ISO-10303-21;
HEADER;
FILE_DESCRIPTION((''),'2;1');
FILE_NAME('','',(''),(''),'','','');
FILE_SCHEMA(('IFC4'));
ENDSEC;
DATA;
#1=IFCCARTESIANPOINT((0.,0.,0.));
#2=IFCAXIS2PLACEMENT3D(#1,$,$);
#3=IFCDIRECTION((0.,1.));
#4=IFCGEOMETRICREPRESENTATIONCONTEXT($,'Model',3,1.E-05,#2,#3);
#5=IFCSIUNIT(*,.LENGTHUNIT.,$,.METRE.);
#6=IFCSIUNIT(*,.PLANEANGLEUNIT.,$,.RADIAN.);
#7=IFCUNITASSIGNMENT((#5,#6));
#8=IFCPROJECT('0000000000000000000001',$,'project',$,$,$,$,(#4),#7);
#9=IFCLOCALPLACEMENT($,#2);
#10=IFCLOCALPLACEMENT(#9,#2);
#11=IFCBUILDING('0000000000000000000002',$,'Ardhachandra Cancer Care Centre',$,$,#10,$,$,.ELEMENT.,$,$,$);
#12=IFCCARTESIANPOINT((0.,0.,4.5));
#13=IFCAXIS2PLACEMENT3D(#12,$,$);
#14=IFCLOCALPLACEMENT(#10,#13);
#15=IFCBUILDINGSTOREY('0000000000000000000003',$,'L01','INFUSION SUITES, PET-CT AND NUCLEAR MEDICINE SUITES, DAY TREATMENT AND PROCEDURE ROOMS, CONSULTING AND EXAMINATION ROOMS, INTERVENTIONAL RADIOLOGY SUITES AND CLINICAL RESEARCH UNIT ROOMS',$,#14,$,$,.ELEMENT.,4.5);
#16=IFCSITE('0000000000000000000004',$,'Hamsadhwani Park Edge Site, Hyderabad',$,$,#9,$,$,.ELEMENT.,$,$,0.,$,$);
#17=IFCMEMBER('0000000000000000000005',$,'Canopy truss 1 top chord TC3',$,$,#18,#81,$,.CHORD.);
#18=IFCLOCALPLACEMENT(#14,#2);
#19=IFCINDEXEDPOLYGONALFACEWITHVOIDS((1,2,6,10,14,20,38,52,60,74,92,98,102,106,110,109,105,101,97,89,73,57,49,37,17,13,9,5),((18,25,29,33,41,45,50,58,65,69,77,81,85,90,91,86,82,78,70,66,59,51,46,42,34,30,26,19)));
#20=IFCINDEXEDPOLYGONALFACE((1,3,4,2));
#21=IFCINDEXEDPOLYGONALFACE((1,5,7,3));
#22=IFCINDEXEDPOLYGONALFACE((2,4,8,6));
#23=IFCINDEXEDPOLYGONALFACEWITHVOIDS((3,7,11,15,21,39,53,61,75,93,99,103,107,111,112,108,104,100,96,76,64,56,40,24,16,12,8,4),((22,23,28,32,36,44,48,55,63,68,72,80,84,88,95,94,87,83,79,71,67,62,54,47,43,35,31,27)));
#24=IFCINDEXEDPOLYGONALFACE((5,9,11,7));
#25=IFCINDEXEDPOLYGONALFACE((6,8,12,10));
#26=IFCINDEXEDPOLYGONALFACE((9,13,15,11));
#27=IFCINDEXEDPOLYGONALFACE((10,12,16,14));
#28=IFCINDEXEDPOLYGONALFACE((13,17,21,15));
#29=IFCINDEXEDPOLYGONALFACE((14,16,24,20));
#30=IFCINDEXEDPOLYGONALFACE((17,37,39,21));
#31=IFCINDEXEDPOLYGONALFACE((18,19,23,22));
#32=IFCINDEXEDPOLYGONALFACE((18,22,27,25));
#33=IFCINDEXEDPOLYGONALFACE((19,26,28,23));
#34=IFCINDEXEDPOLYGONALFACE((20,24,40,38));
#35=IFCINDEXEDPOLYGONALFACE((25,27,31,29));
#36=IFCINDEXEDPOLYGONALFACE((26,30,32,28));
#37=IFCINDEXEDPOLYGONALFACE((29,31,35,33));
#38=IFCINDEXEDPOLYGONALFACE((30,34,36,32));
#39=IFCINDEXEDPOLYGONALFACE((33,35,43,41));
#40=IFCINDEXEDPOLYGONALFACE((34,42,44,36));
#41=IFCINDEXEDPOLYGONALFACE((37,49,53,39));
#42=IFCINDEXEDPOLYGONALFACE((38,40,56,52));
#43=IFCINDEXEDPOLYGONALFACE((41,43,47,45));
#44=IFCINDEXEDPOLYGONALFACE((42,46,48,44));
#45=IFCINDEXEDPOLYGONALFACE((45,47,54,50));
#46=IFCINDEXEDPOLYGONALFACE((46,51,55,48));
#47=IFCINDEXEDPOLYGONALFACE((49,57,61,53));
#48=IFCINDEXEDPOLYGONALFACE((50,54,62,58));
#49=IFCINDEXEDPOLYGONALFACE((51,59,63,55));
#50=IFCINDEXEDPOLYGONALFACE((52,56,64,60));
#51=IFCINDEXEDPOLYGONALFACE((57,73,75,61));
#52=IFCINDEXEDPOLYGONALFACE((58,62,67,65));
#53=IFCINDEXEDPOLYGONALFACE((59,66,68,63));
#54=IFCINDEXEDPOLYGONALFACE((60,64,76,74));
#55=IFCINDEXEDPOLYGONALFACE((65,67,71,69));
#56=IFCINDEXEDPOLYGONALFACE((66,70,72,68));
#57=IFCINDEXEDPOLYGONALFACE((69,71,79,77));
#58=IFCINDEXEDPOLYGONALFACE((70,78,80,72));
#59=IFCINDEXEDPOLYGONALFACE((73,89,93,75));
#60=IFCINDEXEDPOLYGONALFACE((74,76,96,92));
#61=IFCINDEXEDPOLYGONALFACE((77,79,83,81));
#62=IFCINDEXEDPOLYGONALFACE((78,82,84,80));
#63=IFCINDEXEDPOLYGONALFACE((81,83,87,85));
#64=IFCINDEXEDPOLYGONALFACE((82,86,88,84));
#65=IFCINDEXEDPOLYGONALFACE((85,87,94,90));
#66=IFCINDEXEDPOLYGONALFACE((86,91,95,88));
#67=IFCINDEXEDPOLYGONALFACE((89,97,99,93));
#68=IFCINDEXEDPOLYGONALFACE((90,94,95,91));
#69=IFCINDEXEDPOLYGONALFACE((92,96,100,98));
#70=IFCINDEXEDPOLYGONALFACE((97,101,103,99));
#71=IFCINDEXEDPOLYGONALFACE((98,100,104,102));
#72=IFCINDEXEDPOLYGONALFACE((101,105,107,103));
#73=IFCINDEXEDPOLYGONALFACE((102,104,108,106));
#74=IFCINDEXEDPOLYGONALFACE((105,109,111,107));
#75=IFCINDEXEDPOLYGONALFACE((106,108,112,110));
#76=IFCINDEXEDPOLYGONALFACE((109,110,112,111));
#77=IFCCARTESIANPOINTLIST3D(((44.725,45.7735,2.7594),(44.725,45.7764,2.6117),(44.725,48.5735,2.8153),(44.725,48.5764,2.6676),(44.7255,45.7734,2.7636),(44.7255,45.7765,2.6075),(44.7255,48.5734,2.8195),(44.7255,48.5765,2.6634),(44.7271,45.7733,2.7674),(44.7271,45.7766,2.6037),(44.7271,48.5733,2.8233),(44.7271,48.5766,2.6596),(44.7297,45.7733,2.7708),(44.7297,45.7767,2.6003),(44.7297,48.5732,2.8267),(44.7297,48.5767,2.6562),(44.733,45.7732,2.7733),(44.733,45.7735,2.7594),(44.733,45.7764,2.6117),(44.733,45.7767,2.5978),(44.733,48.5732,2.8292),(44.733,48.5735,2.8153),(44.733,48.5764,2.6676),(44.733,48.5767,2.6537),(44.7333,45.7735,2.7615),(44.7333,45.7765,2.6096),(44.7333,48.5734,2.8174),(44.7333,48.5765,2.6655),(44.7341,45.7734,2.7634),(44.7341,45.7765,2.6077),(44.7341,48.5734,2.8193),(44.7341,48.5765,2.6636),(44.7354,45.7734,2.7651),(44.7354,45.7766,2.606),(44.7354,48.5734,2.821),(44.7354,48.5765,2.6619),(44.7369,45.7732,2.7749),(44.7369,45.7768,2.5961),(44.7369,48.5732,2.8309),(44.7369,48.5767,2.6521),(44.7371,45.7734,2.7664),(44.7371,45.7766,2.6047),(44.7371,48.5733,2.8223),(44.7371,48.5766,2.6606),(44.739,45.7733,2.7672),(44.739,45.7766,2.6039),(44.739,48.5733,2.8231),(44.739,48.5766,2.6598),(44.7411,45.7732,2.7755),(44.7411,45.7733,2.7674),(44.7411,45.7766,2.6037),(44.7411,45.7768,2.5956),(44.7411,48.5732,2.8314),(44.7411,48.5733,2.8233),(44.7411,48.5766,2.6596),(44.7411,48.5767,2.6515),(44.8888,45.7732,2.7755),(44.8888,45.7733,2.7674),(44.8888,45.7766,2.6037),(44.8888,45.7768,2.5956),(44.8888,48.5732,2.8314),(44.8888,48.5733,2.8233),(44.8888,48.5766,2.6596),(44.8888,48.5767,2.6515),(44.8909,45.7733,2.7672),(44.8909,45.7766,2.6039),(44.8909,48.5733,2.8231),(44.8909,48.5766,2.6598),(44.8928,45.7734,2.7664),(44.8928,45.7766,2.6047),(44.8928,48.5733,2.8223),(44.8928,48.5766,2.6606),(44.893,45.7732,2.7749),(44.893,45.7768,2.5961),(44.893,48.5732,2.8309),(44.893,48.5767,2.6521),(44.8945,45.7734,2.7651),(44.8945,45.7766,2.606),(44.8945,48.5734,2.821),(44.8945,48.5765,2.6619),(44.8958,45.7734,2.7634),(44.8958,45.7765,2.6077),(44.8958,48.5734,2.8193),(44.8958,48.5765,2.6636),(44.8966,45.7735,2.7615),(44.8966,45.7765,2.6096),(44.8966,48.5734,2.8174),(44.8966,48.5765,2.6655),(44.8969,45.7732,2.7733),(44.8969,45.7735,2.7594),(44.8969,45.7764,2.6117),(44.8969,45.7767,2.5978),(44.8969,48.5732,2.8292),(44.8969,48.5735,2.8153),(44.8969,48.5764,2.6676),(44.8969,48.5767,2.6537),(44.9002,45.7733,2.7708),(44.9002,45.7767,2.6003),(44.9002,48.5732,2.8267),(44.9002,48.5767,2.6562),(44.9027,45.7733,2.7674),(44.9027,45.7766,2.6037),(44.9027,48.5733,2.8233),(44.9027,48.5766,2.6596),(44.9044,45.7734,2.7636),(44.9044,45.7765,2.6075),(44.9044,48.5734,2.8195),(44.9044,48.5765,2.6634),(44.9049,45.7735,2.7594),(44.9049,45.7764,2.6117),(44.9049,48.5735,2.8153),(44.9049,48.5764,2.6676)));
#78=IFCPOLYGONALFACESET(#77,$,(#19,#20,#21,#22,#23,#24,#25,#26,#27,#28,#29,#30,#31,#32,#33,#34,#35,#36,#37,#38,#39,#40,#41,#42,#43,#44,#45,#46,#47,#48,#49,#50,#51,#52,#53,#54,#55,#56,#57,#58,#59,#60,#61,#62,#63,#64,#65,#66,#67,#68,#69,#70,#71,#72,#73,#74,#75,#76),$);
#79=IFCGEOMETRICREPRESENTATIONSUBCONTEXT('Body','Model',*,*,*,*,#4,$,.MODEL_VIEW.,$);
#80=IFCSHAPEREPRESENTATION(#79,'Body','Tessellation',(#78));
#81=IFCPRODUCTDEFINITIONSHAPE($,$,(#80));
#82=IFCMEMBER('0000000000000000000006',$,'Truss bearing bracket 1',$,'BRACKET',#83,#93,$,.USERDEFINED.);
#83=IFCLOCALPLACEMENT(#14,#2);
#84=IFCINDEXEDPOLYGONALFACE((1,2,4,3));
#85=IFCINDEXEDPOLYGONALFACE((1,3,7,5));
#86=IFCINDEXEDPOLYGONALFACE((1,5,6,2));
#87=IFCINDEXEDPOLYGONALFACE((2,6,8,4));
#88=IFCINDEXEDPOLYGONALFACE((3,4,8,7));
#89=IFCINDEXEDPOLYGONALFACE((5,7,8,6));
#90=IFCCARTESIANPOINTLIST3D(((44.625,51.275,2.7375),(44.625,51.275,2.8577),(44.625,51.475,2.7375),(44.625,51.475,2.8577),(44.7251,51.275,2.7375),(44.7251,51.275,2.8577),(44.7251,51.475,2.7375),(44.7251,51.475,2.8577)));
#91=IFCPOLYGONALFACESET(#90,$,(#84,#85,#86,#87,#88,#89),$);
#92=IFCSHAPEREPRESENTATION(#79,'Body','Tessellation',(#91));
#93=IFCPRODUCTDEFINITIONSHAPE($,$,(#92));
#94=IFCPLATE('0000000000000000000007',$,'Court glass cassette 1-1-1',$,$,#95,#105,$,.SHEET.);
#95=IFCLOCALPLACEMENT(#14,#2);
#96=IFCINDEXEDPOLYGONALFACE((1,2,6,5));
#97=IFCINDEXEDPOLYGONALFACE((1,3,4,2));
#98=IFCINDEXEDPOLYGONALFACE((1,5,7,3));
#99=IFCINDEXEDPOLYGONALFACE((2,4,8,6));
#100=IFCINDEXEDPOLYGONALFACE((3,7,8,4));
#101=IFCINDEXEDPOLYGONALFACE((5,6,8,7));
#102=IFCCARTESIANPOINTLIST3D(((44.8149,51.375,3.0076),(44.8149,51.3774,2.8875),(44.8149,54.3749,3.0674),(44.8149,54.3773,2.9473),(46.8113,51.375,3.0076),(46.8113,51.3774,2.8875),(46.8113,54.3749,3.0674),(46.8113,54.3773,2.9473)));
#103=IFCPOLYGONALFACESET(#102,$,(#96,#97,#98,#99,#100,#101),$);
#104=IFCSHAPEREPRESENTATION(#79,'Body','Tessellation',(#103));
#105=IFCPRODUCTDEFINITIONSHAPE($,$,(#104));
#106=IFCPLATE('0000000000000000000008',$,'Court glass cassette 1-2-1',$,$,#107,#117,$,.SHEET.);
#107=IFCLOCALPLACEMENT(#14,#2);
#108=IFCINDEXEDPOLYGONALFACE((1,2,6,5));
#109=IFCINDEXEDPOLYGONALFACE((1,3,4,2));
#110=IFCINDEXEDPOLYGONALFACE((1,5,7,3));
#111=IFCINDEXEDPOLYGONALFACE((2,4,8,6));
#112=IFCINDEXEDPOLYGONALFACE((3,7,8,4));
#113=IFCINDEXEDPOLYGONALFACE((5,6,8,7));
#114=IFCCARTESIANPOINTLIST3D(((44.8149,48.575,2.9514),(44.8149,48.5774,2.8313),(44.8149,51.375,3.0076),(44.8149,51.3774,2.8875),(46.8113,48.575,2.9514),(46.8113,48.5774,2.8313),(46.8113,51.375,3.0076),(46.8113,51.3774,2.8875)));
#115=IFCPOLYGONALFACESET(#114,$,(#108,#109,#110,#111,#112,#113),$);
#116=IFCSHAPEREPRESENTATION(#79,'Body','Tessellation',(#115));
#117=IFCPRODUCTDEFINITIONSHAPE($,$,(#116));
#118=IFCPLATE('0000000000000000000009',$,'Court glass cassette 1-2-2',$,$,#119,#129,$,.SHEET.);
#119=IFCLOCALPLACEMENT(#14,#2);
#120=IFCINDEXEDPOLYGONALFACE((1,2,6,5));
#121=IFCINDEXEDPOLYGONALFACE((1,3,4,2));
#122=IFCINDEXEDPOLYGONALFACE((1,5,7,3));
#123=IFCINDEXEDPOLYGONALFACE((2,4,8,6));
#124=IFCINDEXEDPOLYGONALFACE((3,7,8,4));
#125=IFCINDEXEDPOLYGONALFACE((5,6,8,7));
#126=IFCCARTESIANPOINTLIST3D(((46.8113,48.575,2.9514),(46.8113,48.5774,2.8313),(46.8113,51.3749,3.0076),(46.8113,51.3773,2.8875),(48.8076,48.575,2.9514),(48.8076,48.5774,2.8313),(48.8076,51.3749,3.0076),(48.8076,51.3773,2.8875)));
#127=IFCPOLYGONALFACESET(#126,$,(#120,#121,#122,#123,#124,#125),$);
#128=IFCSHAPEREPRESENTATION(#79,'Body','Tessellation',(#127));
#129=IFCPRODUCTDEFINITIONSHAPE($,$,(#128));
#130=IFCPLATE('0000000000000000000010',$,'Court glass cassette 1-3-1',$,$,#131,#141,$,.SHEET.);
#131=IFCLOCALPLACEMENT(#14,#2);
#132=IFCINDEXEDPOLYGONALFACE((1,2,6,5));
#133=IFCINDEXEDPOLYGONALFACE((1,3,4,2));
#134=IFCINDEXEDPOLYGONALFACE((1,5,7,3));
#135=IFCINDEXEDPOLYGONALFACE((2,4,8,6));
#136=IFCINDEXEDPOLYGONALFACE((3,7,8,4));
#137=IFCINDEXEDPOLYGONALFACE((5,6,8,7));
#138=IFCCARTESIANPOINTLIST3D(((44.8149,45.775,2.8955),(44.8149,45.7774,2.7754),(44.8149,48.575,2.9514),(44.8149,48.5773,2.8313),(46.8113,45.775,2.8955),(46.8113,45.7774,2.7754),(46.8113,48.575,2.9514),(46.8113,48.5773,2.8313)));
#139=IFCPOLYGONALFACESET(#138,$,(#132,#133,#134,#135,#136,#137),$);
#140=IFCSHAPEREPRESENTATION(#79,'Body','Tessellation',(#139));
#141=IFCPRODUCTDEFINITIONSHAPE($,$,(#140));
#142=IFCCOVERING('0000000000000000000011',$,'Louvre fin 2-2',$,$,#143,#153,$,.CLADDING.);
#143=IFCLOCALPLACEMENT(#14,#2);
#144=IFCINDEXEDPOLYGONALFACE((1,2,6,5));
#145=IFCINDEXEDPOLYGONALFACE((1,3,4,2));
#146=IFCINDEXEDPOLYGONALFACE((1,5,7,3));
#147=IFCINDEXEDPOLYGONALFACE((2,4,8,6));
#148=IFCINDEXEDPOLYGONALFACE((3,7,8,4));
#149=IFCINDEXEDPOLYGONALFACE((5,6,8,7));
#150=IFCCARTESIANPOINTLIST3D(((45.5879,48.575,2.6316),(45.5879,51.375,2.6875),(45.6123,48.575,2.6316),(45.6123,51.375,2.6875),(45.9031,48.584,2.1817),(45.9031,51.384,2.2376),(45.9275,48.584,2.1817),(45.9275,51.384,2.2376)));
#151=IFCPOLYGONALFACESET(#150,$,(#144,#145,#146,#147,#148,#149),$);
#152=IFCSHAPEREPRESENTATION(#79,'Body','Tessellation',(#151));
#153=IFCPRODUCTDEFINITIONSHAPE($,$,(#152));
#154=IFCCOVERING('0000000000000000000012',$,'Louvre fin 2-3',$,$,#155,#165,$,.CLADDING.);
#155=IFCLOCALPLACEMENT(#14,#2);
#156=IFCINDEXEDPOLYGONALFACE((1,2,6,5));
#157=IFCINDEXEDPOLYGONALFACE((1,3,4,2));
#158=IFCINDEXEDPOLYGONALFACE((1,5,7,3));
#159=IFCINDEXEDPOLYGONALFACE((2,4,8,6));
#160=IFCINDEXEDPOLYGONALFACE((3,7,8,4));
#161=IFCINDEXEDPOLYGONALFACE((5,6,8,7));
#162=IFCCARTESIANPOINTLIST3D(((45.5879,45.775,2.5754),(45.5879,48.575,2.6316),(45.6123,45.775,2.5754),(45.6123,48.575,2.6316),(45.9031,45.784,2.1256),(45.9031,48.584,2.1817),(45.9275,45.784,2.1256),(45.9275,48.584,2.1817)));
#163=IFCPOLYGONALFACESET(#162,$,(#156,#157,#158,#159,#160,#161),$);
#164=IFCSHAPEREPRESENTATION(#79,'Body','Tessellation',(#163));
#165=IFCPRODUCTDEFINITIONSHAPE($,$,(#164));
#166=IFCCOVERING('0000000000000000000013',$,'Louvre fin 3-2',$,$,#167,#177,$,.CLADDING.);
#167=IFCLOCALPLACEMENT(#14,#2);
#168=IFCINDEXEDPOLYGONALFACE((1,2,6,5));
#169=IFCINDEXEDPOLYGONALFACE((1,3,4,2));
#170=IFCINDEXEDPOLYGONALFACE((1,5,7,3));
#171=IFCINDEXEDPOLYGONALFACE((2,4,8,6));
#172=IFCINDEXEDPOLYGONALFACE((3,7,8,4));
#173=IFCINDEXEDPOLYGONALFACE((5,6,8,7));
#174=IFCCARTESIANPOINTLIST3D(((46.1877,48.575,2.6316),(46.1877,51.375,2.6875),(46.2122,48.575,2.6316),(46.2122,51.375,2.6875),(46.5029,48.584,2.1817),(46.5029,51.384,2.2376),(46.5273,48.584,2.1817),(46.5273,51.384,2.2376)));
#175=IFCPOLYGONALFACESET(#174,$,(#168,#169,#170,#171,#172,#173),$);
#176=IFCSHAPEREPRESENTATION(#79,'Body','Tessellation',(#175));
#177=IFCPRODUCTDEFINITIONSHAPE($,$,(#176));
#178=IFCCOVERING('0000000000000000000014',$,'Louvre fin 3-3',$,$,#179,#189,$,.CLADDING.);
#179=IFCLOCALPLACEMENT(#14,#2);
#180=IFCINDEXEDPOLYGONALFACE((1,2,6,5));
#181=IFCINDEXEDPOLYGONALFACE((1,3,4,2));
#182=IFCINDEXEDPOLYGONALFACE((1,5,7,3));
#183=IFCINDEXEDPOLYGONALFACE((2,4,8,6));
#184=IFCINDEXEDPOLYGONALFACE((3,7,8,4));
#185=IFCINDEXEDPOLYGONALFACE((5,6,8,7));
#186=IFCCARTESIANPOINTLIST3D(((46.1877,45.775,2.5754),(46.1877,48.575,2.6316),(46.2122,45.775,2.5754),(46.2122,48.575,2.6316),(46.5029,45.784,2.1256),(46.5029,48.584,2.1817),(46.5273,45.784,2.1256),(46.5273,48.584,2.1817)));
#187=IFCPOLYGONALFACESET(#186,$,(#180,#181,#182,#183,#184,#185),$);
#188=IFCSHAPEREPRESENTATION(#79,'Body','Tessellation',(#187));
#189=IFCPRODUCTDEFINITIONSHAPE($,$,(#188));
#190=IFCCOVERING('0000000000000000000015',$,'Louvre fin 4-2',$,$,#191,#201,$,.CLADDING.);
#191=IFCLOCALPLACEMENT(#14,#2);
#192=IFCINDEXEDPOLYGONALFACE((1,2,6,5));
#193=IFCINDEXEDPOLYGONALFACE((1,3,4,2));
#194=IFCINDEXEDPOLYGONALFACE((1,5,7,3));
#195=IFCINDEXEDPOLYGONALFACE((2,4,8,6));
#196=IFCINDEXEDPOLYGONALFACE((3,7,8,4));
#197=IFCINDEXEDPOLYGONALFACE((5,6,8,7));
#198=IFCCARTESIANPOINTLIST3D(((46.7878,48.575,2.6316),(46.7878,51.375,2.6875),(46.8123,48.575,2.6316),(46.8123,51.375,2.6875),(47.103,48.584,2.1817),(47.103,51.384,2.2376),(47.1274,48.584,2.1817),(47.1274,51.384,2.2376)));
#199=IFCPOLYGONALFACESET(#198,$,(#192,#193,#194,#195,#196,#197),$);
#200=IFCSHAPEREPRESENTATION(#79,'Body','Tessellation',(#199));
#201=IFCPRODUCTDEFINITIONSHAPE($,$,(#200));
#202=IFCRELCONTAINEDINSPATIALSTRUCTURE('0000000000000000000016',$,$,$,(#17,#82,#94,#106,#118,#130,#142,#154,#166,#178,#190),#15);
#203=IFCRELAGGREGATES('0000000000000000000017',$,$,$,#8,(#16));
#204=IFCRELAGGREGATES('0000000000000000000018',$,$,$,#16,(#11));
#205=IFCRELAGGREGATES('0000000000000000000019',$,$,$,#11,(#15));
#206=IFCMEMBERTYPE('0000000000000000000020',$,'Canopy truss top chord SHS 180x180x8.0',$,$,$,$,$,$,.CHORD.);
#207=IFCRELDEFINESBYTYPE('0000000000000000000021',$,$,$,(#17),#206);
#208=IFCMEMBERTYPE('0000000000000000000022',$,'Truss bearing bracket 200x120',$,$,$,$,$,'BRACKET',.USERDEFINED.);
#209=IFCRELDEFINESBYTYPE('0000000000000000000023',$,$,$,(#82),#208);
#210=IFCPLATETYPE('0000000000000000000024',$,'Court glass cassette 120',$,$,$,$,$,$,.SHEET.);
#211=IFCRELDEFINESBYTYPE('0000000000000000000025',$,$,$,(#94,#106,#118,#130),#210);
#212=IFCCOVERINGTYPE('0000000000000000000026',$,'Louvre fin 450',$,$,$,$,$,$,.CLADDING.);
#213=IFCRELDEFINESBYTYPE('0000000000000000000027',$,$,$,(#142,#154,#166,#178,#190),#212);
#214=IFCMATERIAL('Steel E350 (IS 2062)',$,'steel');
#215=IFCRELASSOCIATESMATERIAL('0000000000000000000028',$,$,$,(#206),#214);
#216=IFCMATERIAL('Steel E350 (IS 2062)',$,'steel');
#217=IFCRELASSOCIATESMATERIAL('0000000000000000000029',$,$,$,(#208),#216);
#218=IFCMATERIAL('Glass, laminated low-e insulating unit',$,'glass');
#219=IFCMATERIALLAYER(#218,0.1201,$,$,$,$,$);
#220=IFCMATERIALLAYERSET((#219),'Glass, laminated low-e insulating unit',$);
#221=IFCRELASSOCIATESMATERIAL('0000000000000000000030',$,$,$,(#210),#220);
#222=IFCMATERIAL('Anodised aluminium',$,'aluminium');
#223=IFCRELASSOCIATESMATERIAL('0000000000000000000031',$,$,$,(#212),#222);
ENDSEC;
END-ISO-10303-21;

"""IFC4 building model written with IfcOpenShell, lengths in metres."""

from ifc_helpers import new_model, si_unit, direction, frame, origin, origin_2d, place, context, subcontext, project, spatial, polyline, rectangle, hollow_rectangle, outline, extrude, material, layer, layer_set, material_profile, profile_set, type_object, element, save


model = new_model("IFC4")

# Units and contexts
model_context = context("Model", 3, precision=1e-05, world=origin(), true_north=direction((0.0, 1.0)))
body_context = subcontext(model_context, "Body", "Model", "MODEL_VIEW")
ifc_project = project(units=[si_unit("LENGTHUNIT", "METRE"), si_unit("PLANEANGLEUNIT", "RADIAN")], contexts=[model_context])

# Site, building, storey
site_placement = place(None, origin())
site = spatial("IfcSite", under=ifc_project, at=site_placement, Name="Hamsadhwani Park Edge Site, Hyderabad", CompositionType="ELEMENT", RefElevation=0.0)
building_placement = place(site_placement, origin())
building = spatial("IfcBuilding", under=site, at=building_placement, Name="Ardhachandra Cancer Care Centre", CompositionType="ELEMENT")
storey_placement = place(building_placement, frame((0.0, 0.0, 4.5)))
storey = spatial("IfcBuildingStorey", under=building, at=storey_placement, Name="L01", Description="INFUSION SUITES, PET-CT AND NUCLEAR MEDICINE SUITES, DAY TREATMENT AND PROCEDURE ROOMS, CONSULTING AND EXAMINATION ROOMS, INTERVENTIONAL RADIOLOGY SUITES AND CLINICAL RESEARCH UNIT ROOMS", CompositionType="ELEMENT", Elevation=4.5)

# Members
ifc_material_1 = material(Name="Steel E350 (IS 2062)", Category="steel")
ifc_material_profile_1 = material_profile(ifc_material_1, hollow_rectangle(XDim=0.1799, YDim=0.1799, WallThickness=0.0081, InnerFilletRadius=0.0081, OuterFilletRadius=0.0161, at=origin_2d()), Name="SHS 180x180x8.0")
ifc_profile_set_1 = profile_set([ifc_material_profile_1], Name="Steel E350 (IS 2062)")
member_type_1 = type_object("IfcMemberType", Name="Canopy truss top chord SHS 180x180x8.0", PredefinedType="CHORD", material=ifc_profile_set_1)
for number, where, z_axis, x_axis, name in (
    (1, (44.8149, 48.575, 2.7415), (0.0, -0.999801, -0.019963), (1.0, 0.0, 0.0), "Canopy truss 1 top chord TC3"),
):
    element("IfcMember", number, at=place(storey_placement, frame(where, z_axis=z_axis, x_axis=x_axis)), inside=storey, type_object=member_type_1, Name=name, PredefinedType="CHORD", context=body_context, shape_type="SweptSolid", body=[
        extrude(hollow_rectangle(XDim=0.1799, YDim=0.1799, WallThickness=0.0081, InnerFilletRadius=0.0081, OuterFilletRadius=0.0161, at=origin_2d()), origin(), (0.0, 0.0, 1.0), 2.8005),
    ])
ifc_material_2 = material(Name="Steel E350 (IS 2062)", Category="steel")
ifc_material_profile_2 = material_profile(ifc_material_2, rectangle(XDim=0.2, YDim=0.1201, at=origin_2d()), Name="PL 200x120")
ifc_profile_set_2 = profile_set([ifc_material_profile_2], Name="Steel E350 (IS 2062)")
member_type_2 = type_object("IfcMemberType", Name="Truss bearing bracket 200x120", ElementType="BRACKET", PredefinedType="USERDEFINED", material=ifc_profile_set_2)
member_1_placement = place(storey_placement, frame((44.625, 51.375, 2.7976), z_axis=(1.0, 0.0, 0.0), x_axis=(0.0, 1.0, 0.0)))
element("IfcMember", 2, at=member_1_placement, inside=storey, type_object=member_type_2, Name="Truss bearing bracket 1", ObjectType="BRACKET", PredefinedType="USERDEFINED", context=body_context, shape_type="SweptSolid", body=[
    extrude(rectangle(XDim=0.2, YDim=0.1201, at=origin_2d()), origin(), (0.0, 0.0, 1.0), 0.1001),
])

# Plates
ifc_material_3 = material(Name="Glass, laminated low-e insulating unit", Category="glass")
ifc_layer_1 = layer(ifc_material_3, 0.1201)
ifc_layer_set_1 = layer_set([ifc_layer_1], Name="Glass, laminated low-e insulating unit")
plate_type = type_object("IfcPlateType", Name="Court glass cassette 120", PredefinedType="SHEET", material=ifc_layer_set_1)
plate_placement = place(storey_placement, frame((46.8113, 51.375, 3.0076), z_axis=(0.0, -0.019934, 0.999801), x_axis=(-1.0, 0.0, 0.0)))
element("IfcPlate", 3, at=plate_placement, inside=storey, type_object=plate_type, Name="Court glass cassette 1-1-1", PredefinedType="SHEET", context=body_context, shape_type="SweptSolid", body=[
    extrude(outline(polyline([(0.0, -3.0005), (1.9963, -3.0005), (1.9963, 0.0), (0.0, 0.0), (0.0, -3.0005)])), frame((0.0, 0.0, -0.1201)), (0.0, 0.0, 1.0), 0.1201),
])
for number, where, z_axis, x_axis, name in (
    (4, (46.8113, 51.375, 3.0076), (0.0, -0.02005, 0.999799), (0.0, -0.999799, -0.02005), "Court glass cassette 1-2-1"),
    (5, (46.8113, 48.575, 2.9514), (0.0, -0.02005, 0.999799), (0.0, 0.999799, 0.02005), "Court glass cassette 1-2-2"),
    (6, (46.8113, 48.575, 2.9514), (0.0, -0.019963, 0.999801), (0.0, -0.999801, -0.019963), "Court glass cassette 1-3-1"),
):
    element("IfcPlate", number, at=place(storey_placement, frame(where, z_axis=z_axis, x_axis=x_axis)), inside=storey, type_object=plate_type, Name=name, PredefinedType="SHEET", context=body_context, shape_type="SweptSolid", body=[
        extrude(outline(polyline([(0.0, -1.9963), (2.8005, -1.9963), (2.8005, 0.0), (0.0, 0.0), (0.0, -1.9963)])), frame((0.0, 0.0, -0.1201)), (0.0, 0.0, 1.0), 0.1201),
    ])

# Coverings
ifc_material_4 = material(Name="Anodised aluminium", Category="aluminium")
ifc_material_profile_3 = material_profile(ifc_material_4, outline(polyline([(-0.0122, 0.0), (0.0122, 0.0), (0.3274, -0.45), (0.303, -0.45), (-0.0122, 0.0)])), Name="Louvre fin 450")
ifc_profile_set_3 = profile_set([ifc_material_profile_3], Name="Anodised aluminium")
covering_type_1 = type_object("IfcCoveringType", Name="Louvre fin 450", PredefinedType="CLADDING", material=ifc_profile_set_3)
for number, where, z_axis, x_axis, name in (
    (7, (45.6001, 51.375, 2.6875), (0.0, -0.999801, -0.019963), (1.0, 0.0, 0.0), "Louvre fin 2-2"),
    (8, (45.6001, 48.575, 2.6316), (0.0, -0.999799, -0.02005), (1.0, 0.0, 0.0), "Louvre fin 2-3"),
    (9, (46.2, 51.375, 2.6875), (0.0, -0.999801, -0.019963), (1.0, 0.0, 0.0), "Louvre fin 3-2"),
    (10, (46.2, 48.575, 2.6316), (0.0, -0.999799, -0.02005), (1.0, 0.0, 0.0), "Louvre fin 3-3"),
    (11, (46.8, 51.375, 2.6875), (0.0, -0.999801, -0.019963), (1.0, 0.0, 0.0), "Louvre fin 4-2"),
):
    element("IfcCovering", number, at=place(storey_placement, frame(where, z_axis=z_axis, x_axis=x_axis)), inside=storey, type_object=covering_type_1, Name=name, PredefinedType="CLADDING", context=body_context, shape_type="SweptSolid", body=[
        extrude(outline(polyline([(-0.0122, 0.0), (0.0122, 0.0), (0.3274, -0.45), (0.303, -0.45), (-0.0122, 0.0)])), origin(), (0.0, 0.0, 1.0), 2.8005),
    ])

save(model, "model.ifc")
